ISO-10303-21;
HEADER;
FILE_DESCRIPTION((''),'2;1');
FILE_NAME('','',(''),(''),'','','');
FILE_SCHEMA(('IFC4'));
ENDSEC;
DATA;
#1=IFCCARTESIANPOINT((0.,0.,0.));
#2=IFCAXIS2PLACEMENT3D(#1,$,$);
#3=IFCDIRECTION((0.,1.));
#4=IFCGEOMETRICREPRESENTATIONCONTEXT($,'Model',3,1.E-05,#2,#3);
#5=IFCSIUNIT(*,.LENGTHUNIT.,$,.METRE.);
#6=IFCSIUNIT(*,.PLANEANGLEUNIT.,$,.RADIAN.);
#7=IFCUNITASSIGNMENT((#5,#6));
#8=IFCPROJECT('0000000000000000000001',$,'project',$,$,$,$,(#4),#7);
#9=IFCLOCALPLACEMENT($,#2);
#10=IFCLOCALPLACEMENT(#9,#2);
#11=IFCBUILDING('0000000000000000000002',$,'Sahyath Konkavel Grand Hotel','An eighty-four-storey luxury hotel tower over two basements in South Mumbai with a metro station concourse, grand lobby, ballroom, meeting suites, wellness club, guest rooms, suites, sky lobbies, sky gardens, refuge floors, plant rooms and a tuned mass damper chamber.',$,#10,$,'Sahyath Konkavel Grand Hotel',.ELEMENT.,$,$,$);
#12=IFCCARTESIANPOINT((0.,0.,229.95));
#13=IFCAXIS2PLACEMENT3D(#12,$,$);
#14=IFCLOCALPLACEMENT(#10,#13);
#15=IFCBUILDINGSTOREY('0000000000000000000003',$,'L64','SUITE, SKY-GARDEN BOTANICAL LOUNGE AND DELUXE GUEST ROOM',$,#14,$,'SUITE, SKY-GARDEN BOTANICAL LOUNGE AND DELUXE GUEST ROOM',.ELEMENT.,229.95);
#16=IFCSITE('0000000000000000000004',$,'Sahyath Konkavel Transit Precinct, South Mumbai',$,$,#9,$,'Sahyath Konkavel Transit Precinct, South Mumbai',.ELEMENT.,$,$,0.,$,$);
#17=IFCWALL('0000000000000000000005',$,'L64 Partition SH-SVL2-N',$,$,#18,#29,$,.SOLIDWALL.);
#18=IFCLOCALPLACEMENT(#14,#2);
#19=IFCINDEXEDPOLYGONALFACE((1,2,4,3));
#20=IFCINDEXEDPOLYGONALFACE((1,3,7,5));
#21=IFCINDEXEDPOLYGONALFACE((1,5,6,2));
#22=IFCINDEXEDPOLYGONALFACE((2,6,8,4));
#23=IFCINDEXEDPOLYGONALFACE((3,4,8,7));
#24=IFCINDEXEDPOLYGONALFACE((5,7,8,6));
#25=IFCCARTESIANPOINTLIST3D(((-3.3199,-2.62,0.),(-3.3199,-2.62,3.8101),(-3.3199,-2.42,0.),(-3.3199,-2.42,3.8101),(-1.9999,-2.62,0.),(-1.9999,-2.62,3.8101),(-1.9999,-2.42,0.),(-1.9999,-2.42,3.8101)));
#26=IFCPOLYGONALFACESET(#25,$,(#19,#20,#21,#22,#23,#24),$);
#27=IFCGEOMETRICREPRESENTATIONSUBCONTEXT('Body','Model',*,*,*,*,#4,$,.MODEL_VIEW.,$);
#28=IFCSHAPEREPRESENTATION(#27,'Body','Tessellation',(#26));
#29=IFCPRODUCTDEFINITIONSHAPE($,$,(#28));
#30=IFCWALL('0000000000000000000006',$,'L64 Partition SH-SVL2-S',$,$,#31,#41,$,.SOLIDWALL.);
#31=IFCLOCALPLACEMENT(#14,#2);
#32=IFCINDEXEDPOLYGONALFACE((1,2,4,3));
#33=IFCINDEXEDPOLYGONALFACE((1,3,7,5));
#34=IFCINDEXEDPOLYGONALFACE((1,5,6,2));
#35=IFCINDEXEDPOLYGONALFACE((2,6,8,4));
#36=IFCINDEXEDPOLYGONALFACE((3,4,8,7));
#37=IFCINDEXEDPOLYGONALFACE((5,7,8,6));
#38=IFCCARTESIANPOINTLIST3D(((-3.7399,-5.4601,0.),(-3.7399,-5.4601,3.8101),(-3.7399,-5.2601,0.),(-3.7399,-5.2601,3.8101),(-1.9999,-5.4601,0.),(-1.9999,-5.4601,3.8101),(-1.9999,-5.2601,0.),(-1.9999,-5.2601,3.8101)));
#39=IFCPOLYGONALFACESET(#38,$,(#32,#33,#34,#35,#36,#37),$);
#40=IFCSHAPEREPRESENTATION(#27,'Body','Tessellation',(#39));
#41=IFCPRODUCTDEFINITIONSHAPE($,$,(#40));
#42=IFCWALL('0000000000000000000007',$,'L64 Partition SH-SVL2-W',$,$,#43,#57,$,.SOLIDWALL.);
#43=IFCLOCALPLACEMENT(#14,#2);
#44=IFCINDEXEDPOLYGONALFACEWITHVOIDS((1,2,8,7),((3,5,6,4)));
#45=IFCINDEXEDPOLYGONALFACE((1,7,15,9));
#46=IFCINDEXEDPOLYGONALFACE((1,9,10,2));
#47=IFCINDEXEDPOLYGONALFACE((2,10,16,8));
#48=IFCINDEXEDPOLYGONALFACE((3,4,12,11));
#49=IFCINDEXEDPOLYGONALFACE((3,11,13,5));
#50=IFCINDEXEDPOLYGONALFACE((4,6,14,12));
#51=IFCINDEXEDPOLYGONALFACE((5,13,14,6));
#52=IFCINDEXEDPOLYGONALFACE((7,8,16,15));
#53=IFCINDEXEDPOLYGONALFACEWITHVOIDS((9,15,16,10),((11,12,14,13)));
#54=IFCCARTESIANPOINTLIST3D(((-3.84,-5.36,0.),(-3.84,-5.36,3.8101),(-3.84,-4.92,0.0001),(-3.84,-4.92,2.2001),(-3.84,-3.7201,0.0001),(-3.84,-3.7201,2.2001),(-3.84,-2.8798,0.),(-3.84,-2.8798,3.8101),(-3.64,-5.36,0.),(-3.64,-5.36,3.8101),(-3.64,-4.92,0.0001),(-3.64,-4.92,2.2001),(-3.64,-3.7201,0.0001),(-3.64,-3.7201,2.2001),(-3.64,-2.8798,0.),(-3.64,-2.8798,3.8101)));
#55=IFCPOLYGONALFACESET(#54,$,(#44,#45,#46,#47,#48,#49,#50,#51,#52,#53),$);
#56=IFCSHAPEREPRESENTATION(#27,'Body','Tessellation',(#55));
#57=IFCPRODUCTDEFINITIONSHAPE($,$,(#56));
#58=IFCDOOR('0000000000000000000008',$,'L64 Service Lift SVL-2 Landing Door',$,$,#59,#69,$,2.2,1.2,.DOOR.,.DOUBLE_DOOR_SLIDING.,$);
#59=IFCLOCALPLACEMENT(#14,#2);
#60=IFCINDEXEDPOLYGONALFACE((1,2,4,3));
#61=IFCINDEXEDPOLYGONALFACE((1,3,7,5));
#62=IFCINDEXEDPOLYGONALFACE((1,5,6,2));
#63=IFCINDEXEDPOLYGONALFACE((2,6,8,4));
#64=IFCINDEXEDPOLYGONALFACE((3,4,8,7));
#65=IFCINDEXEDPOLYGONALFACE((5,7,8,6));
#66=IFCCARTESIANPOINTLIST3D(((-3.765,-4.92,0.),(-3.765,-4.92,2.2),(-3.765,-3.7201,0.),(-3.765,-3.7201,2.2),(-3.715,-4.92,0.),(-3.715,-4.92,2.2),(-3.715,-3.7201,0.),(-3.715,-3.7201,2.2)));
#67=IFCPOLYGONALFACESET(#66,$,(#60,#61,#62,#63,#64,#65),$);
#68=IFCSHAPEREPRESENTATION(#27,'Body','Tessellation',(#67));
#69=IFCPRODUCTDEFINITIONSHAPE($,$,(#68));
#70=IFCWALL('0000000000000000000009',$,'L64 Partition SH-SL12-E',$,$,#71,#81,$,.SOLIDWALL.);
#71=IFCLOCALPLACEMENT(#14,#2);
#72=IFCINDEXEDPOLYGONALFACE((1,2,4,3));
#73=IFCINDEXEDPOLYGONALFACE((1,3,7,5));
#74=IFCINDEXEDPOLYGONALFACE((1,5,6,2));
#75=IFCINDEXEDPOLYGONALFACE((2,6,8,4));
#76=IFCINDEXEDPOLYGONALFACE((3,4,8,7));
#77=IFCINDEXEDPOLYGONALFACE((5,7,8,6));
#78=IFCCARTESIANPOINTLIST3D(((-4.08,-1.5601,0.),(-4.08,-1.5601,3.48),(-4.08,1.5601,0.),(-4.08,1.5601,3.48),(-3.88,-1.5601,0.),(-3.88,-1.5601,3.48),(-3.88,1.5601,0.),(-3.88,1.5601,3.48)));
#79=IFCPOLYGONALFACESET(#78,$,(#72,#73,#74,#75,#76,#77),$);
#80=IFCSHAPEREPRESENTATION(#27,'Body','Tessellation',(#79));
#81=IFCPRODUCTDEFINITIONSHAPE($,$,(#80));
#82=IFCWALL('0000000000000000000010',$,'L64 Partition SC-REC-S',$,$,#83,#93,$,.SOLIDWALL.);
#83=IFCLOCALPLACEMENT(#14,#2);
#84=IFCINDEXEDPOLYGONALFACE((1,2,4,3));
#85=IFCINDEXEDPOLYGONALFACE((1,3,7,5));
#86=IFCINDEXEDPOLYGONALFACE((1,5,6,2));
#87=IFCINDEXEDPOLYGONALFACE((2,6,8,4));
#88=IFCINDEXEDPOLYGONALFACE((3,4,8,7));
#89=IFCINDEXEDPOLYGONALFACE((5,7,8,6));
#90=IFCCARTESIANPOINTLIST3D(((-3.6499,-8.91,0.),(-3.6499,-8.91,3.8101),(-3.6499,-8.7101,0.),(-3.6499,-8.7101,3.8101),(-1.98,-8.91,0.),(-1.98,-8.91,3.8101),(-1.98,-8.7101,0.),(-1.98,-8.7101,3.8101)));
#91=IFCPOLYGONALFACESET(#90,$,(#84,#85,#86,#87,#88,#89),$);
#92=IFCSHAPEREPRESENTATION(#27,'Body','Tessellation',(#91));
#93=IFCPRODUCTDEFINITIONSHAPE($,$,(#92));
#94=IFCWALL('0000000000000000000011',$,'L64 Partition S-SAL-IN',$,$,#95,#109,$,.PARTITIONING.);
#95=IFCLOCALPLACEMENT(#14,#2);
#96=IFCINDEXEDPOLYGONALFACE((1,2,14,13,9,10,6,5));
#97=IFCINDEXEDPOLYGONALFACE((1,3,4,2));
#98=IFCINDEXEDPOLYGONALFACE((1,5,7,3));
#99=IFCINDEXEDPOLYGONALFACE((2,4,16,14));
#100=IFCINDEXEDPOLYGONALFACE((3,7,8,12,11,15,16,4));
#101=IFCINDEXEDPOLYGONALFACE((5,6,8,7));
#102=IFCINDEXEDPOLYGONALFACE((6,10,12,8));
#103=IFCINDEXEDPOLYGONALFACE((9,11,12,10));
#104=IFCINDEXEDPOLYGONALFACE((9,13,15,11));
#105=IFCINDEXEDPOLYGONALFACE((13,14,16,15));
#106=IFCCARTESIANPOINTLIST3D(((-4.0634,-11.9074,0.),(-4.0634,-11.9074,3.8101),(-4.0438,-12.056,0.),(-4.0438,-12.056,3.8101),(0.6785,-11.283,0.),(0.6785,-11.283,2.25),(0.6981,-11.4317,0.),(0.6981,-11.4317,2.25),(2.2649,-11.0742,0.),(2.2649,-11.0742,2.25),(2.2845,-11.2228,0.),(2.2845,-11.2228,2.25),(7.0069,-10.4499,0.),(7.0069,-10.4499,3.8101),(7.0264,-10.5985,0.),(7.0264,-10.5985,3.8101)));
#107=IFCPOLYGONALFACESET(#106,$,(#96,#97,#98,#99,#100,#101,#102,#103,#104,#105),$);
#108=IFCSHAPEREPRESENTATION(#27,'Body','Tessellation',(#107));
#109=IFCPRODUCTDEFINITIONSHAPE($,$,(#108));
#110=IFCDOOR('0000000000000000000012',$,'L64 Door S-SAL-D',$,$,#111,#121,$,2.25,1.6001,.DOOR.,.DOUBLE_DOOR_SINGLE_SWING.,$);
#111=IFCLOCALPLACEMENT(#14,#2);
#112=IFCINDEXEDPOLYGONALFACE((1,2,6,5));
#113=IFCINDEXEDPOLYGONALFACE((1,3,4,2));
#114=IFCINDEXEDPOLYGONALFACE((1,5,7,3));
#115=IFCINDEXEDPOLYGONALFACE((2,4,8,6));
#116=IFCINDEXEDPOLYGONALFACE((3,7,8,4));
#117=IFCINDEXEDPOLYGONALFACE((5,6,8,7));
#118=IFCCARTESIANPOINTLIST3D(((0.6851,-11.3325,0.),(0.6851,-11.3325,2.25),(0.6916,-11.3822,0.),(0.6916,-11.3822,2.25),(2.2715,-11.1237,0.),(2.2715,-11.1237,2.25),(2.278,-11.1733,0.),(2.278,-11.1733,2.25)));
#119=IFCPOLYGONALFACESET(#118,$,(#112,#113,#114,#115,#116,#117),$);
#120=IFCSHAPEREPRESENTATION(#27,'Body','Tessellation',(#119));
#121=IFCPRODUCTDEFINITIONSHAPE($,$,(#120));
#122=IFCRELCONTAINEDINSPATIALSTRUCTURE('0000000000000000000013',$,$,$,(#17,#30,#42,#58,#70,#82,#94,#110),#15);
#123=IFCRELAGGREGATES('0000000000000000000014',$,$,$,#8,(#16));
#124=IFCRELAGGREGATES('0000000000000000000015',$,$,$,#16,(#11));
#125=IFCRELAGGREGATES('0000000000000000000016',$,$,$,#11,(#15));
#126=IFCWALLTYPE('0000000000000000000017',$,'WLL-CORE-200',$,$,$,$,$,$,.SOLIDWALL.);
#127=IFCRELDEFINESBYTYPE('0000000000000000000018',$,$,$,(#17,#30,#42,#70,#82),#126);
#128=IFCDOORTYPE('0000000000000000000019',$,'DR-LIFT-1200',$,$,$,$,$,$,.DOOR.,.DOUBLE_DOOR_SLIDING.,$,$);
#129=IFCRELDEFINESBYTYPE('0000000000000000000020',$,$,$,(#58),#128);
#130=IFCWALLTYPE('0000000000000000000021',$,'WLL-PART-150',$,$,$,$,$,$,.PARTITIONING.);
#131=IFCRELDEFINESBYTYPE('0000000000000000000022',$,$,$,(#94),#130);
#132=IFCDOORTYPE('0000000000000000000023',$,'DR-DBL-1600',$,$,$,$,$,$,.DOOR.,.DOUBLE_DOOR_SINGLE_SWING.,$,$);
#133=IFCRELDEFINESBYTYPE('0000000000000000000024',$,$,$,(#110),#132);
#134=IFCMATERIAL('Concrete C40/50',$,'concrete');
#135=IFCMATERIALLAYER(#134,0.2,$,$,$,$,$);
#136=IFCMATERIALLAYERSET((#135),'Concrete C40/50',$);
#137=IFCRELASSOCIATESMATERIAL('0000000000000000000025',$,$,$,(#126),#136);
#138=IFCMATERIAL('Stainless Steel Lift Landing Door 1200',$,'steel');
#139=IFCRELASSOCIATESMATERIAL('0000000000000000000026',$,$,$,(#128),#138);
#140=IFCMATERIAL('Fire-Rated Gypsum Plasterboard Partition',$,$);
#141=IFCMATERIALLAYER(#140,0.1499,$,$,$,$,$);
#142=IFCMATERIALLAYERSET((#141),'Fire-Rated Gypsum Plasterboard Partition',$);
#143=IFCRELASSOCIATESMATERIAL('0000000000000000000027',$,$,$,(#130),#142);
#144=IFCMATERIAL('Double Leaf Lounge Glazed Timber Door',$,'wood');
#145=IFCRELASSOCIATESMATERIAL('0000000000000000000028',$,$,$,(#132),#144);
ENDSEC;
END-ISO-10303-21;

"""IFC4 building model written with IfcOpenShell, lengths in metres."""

from ifc_helpers import new_model, si_unit, direction, frame, frame_2d, origin, origin_2d, place, context, subcontext, project, spatial, rectangle, extrude, source, transform, mapped, material, layer, layer_set, type_object, element, fill, save


model = new_model("IFC4")

# Units and contexts
model_context = context("Model", 3, precision=1e-05, world=origin(), true_north=direction((0.0, 1.0)))
body_context = subcontext(model_context, "Body", "Model", "MODEL_VIEW")
ifc_project = project(units=[si_unit("LENGTHUNIT", "METRE"), si_unit("PLANEANGLEUNIT", "RADIAN")], contexts=[model_context])

# Site, building, storey
site_placement = place(None, origin())
site = spatial("IfcSite", under=ifc_project, at=site_placement, Name="Sahyath Konkavel Transit Precinct, South Mumbai", LongName="Sahyath Konkavel Transit Precinct, South Mumbai", CompositionType="ELEMENT", RefElevation=0.0)
building_placement = place(site_placement, origin())
building = spatial("IfcBuilding", under=site, at=building_placement, Name="Sahyath Konkavel Grand Hotel", Description="An eighty-four-storey luxury hotel tower over two basements in South Mumbai with a metro station concourse, grand lobby, ballroom, meeting suites, wellness club, guest rooms, suites, sky lobbies, sky gardens, refuge floors, plant rooms and a tuned mass damper chamber.", LongName="Sahyath Konkavel Grand Hotel", CompositionType="ELEMENT")
storey_placement = place(building_placement, frame((0.0, 0.0, 229.95)))
storey = spatial("IfcBuildingStorey", under=building, at=storey_placement, Name="L64", Description="SUITE, SKY-GARDEN BOTANICAL LOUNGE AND DELUXE GUEST ROOM", LongName="SUITE, SKY-GARDEN BOTANICAL LOUNGE AND DELUXE GUEST ROOM", CompositionType="ELEMENT", Elevation=229.95)

# Shared definitions
ifc_material_1 = material(Name="Concrete C40/50", Category="concrete")

# Shared definitions
ifc_layer_1 = layer(ifc_material_1, 0.2)
ifc_layer_set_1 = layer_set([ifc_layer_1], Name="Concrete C40/50")
wall_type_1 = type_object("IfcWallType", Name="WLL-CORE-200", PredefinedType="SOLIDWALL", material=ifc_layer_set_1)

# Walls
wall_1_placement = place(storey_placement, frame((-3.3201, -2.52, 0.0), z_axis=(0.0, 0.0, 1.0), x_axis=(1.0, 0.0, 0.0)))
element("IfcWall", 1, at=wall_1_placement, inside=storey, type_object=wall_type_1, Name="L64 Partition SH-SVL2-N", PredefinedType="SOLIDWALL", context=body_context, shape_type="SweptSolid", body=[
    extrude(rectangle(XDim=1.3201, YDim=0.2, at=frame_2d((0.6602, 0.0))), origin(), (0.0, 0.0, 1.0), 3.8101),
])
wall_2_placement = place(storey_placement, frame((-3.74, -5.3601, 0.0), z_axis=(0.0, 0.0, 1.0), x_axis=(1.0, 0.0, 0.0)))
element("IfcWall", 2, at=wall_2_placement, inside=storey, type_object=wall_type_1, Name="L64 Partition SH-SVL2-S", PredefinedType="SOLIDWALL", context=body_context, shape_type="SweptSolid", body=[
    extrude(rectangle(XDim=1.74, YDim=0.2, at=frame_2d((0.8701, 0.0))), origin(), (0.0, 0.0, 1.0), 3.8101),
])

# Wall, opening, door
wall_3_placement = place(storey_placement, frame((-3.74, -5.3601, 0.0), z_axis=(0.0, 0.0, 1.0), x_axis=(0.0, 1.0, 0.0)))
wall_3 = element("IfcWall", 3, at=wall_3_placement, inside=storey, type_object=wall_type_1, Name="L64 Partition SH-SVL2-W", PredefinedType="SOLIDWALL", context=body_context, shape_type="SweptSolid", body=[
    extrude(rectangle(XDim=2.4802, YDim=0.2, at=frame_2d((1.2402, 0.0))), origin(), (0.0, 0.0, 1.0), 3.8101),
])
opening_1_placement = place(wall_3_placement, frame((0.4399, 0.0, 0.0)))
opening_1 = element("IfcOpeningElement", 4, at=opening_1_placement, cuts=wall_3, PredefinedType="OPENING", context=body_context, shape_type="SweptSolid", body=[
    extrude(rectangle(XDim=1.2, YDim=2.2, at=frame_2d((0.6001, 1.1001))), frame((0.0, 0.1099, 0.0), z_axis=(0.0, -1.0, 0.0), x_axis=(1.0, 0.0, 0.0)), (0.0, 0.0, 1.0), 0.22),
])
ifc_material_2 = material(Name="Stainless Steel Lift Landing Door 1200", Category="steel")
door_type_1 = type_object("IfcDoorType", Name="DR-LIFT-1200", OperationType="DOUBLE_DOOR_SLIDING", PredefinedType="DOOR", material=ifc_material_2)
shared_shape_1 = source(origin(), body_context, "Body", "SweptSolid", [
    extrude(rectangle(XDim=1.2, YDim=0.05, at=origin_2d()), origin(), (0.0, 0.0, 1.0), 2.2),
])
door_1_placement = place(opening_1_placement, frame((0.6001, 0.0, 0.0)))
door_1 = element("IfcDoor", 5, at=door_1_placement, inside=storey, type_object=door_type_1, Name="L64 Service Lift SVL-2 Landing Door", OperationType="DOUBLE_DOOR_SLIDING", OverallHeight=2.2, OverallWidth=1.2, PredefinedType="DOOR", context=body_context, shape_type="MappedRepresentation", body=[
    mapped(shared_shape_1, transform((0.0, 0.0, 0.0), scale=1.0)),
])
fill(opening_1, door_1)

# Wall
wall_4_placement = place(storey_placement, frame((-3.98, -1.5601, 0.0), z_axis=(0.0, 0.0, 1.0), x_axis=(0.0, 1.0, 0.0)))
element("IfcWall", 6, at=wall_4_placement, inside=storey, type_object=wall_type_1, Name="L64 Partition SH-SL12-E", PredefinedType="SOLIDWALL", context=body_context, shape_type="SweptSolid", body=[
    extrude(rectangle(XDim=3.1201, YDim=0.2, at=frame_2d((1.5601, 0.0))), origin(), (0.0, 0.0, 1.0), 3.48),
])

# Wall
wall_5_placement = place(storey_placement, frame((-3.6499, -8.8101, 0.0), z_axis=(0.0, 0.0, 1.0), x_axis=(1.0, 0.0, 0.0)))
element("IfcWall", 7, at=wall_5_placement, inside=storey, type_object=wall_type_1, Name="L64 Partition SC-REC-S", PredefinedType="SOLIDWALL", context=body_context, shape_type="SweptSolid", body=[
    extrude(rectangle(XDim=1.6699, YDim=0.2, at=frame_2d((0.835, 0.0))), origin(), (0.0, 0.0, 1.0), 3.8101),
])

# Wall, opening, door
ifc_material_3 = material(Name="Fire-Rated Gypsum Plasterboard Partition")
ifc_layer_2 = layer(ifc_material_3, 0.1499)
ifc_layer_set_2 = layer_set([ifc_layer_2], Name="Fire-Rated Gypsum Plasterboard Partition")
wall_type_2 = type_object("IfcWallType", Name="WLL-PART-150", PredefinedType="PARTITIONING", material=ifc_layer_set_2)
wall_6_placement = place(storey_placement, frame((-4.0537, -11.9817, 0.0), z_axis=(0.0, 0.0, 1.0), x_axis=(0.991444, 0.130534, 0.0)))
wall_6 = element("IfcWall", 8, at=wall_6_placement, inside=storey, type_object=wall_type_2, Name="L64 Partition S-SAL-IN", PredefinedType="PARTITIONING", context=body_context, shape_type="SweptSolid", body=[
    extrude(rectangle(XDim=11.1658, YDim=0.1499, at=frame_2d((5.583, 0.0))), origin(), (0.0, 0.0, 1.0), 3.8101),
])
opening_2_placement = place(wall_6_placement, frame((4.783, 0.0, 0.0)))
opening_2 = element("IfcOpeningElement", 9, at=opening_2_placement, cuts=wall_6, PredefinedType="OPENING", context=body_context, shape_type="SweptSolid", body=[
    extrude(rectangle(XDim=1.6001, YDim=2.25, at=frame_2d((0.8, 1.125))), frame((0.0, 0.085, 0.0), z_axis=(0.0, -1.0, 0.0), x_axis=(1.0, 0.0, 0.0)), (0.0, 0.0, 1.0), 0.1699),
])
ifc_material_4 = material(Name="Double Leaf Lounge Glazed Timber Door", Category="wood")
door_type_2 = type_object("IfcDoorType", Name="DR-DBL-1600", OperationType="DOUBLE_DOOR_SINGLE_SWING", PredefinedType="DOOR", material=ifc_material_4)
shared_shape_2 = source(origin(), body_context, "Body", "SweptSolid", [
    extrude(rectangle(XDim=1.6001, YDim=0.05, at=origin_2d()), origin(), (0.0, 0.0, 1.0), 2.25),
])
door_2_placement = place(opening_2_placement, frame((0.8, 0.0, 0.0)))
door_2 = element("IfcDoor", 10, at=door_2_placement, inside=storey, type_object=door_type_2, Name="L64 Door S-SAL-D", OperationType="DOUBLE_DOOR_SINGLE_SWING", OverallHeight=2.25, OverallWidth=1.6001, PredefinedType="DOOR", context=body_context, shape_type="MappedRepresentation", body=[
    mapped(shared_shape_2, transform((0.0, 0.0, 0.0), scale=1.0)),
])
fill(opening_2, door_2)

save(model, "model.ifc")
